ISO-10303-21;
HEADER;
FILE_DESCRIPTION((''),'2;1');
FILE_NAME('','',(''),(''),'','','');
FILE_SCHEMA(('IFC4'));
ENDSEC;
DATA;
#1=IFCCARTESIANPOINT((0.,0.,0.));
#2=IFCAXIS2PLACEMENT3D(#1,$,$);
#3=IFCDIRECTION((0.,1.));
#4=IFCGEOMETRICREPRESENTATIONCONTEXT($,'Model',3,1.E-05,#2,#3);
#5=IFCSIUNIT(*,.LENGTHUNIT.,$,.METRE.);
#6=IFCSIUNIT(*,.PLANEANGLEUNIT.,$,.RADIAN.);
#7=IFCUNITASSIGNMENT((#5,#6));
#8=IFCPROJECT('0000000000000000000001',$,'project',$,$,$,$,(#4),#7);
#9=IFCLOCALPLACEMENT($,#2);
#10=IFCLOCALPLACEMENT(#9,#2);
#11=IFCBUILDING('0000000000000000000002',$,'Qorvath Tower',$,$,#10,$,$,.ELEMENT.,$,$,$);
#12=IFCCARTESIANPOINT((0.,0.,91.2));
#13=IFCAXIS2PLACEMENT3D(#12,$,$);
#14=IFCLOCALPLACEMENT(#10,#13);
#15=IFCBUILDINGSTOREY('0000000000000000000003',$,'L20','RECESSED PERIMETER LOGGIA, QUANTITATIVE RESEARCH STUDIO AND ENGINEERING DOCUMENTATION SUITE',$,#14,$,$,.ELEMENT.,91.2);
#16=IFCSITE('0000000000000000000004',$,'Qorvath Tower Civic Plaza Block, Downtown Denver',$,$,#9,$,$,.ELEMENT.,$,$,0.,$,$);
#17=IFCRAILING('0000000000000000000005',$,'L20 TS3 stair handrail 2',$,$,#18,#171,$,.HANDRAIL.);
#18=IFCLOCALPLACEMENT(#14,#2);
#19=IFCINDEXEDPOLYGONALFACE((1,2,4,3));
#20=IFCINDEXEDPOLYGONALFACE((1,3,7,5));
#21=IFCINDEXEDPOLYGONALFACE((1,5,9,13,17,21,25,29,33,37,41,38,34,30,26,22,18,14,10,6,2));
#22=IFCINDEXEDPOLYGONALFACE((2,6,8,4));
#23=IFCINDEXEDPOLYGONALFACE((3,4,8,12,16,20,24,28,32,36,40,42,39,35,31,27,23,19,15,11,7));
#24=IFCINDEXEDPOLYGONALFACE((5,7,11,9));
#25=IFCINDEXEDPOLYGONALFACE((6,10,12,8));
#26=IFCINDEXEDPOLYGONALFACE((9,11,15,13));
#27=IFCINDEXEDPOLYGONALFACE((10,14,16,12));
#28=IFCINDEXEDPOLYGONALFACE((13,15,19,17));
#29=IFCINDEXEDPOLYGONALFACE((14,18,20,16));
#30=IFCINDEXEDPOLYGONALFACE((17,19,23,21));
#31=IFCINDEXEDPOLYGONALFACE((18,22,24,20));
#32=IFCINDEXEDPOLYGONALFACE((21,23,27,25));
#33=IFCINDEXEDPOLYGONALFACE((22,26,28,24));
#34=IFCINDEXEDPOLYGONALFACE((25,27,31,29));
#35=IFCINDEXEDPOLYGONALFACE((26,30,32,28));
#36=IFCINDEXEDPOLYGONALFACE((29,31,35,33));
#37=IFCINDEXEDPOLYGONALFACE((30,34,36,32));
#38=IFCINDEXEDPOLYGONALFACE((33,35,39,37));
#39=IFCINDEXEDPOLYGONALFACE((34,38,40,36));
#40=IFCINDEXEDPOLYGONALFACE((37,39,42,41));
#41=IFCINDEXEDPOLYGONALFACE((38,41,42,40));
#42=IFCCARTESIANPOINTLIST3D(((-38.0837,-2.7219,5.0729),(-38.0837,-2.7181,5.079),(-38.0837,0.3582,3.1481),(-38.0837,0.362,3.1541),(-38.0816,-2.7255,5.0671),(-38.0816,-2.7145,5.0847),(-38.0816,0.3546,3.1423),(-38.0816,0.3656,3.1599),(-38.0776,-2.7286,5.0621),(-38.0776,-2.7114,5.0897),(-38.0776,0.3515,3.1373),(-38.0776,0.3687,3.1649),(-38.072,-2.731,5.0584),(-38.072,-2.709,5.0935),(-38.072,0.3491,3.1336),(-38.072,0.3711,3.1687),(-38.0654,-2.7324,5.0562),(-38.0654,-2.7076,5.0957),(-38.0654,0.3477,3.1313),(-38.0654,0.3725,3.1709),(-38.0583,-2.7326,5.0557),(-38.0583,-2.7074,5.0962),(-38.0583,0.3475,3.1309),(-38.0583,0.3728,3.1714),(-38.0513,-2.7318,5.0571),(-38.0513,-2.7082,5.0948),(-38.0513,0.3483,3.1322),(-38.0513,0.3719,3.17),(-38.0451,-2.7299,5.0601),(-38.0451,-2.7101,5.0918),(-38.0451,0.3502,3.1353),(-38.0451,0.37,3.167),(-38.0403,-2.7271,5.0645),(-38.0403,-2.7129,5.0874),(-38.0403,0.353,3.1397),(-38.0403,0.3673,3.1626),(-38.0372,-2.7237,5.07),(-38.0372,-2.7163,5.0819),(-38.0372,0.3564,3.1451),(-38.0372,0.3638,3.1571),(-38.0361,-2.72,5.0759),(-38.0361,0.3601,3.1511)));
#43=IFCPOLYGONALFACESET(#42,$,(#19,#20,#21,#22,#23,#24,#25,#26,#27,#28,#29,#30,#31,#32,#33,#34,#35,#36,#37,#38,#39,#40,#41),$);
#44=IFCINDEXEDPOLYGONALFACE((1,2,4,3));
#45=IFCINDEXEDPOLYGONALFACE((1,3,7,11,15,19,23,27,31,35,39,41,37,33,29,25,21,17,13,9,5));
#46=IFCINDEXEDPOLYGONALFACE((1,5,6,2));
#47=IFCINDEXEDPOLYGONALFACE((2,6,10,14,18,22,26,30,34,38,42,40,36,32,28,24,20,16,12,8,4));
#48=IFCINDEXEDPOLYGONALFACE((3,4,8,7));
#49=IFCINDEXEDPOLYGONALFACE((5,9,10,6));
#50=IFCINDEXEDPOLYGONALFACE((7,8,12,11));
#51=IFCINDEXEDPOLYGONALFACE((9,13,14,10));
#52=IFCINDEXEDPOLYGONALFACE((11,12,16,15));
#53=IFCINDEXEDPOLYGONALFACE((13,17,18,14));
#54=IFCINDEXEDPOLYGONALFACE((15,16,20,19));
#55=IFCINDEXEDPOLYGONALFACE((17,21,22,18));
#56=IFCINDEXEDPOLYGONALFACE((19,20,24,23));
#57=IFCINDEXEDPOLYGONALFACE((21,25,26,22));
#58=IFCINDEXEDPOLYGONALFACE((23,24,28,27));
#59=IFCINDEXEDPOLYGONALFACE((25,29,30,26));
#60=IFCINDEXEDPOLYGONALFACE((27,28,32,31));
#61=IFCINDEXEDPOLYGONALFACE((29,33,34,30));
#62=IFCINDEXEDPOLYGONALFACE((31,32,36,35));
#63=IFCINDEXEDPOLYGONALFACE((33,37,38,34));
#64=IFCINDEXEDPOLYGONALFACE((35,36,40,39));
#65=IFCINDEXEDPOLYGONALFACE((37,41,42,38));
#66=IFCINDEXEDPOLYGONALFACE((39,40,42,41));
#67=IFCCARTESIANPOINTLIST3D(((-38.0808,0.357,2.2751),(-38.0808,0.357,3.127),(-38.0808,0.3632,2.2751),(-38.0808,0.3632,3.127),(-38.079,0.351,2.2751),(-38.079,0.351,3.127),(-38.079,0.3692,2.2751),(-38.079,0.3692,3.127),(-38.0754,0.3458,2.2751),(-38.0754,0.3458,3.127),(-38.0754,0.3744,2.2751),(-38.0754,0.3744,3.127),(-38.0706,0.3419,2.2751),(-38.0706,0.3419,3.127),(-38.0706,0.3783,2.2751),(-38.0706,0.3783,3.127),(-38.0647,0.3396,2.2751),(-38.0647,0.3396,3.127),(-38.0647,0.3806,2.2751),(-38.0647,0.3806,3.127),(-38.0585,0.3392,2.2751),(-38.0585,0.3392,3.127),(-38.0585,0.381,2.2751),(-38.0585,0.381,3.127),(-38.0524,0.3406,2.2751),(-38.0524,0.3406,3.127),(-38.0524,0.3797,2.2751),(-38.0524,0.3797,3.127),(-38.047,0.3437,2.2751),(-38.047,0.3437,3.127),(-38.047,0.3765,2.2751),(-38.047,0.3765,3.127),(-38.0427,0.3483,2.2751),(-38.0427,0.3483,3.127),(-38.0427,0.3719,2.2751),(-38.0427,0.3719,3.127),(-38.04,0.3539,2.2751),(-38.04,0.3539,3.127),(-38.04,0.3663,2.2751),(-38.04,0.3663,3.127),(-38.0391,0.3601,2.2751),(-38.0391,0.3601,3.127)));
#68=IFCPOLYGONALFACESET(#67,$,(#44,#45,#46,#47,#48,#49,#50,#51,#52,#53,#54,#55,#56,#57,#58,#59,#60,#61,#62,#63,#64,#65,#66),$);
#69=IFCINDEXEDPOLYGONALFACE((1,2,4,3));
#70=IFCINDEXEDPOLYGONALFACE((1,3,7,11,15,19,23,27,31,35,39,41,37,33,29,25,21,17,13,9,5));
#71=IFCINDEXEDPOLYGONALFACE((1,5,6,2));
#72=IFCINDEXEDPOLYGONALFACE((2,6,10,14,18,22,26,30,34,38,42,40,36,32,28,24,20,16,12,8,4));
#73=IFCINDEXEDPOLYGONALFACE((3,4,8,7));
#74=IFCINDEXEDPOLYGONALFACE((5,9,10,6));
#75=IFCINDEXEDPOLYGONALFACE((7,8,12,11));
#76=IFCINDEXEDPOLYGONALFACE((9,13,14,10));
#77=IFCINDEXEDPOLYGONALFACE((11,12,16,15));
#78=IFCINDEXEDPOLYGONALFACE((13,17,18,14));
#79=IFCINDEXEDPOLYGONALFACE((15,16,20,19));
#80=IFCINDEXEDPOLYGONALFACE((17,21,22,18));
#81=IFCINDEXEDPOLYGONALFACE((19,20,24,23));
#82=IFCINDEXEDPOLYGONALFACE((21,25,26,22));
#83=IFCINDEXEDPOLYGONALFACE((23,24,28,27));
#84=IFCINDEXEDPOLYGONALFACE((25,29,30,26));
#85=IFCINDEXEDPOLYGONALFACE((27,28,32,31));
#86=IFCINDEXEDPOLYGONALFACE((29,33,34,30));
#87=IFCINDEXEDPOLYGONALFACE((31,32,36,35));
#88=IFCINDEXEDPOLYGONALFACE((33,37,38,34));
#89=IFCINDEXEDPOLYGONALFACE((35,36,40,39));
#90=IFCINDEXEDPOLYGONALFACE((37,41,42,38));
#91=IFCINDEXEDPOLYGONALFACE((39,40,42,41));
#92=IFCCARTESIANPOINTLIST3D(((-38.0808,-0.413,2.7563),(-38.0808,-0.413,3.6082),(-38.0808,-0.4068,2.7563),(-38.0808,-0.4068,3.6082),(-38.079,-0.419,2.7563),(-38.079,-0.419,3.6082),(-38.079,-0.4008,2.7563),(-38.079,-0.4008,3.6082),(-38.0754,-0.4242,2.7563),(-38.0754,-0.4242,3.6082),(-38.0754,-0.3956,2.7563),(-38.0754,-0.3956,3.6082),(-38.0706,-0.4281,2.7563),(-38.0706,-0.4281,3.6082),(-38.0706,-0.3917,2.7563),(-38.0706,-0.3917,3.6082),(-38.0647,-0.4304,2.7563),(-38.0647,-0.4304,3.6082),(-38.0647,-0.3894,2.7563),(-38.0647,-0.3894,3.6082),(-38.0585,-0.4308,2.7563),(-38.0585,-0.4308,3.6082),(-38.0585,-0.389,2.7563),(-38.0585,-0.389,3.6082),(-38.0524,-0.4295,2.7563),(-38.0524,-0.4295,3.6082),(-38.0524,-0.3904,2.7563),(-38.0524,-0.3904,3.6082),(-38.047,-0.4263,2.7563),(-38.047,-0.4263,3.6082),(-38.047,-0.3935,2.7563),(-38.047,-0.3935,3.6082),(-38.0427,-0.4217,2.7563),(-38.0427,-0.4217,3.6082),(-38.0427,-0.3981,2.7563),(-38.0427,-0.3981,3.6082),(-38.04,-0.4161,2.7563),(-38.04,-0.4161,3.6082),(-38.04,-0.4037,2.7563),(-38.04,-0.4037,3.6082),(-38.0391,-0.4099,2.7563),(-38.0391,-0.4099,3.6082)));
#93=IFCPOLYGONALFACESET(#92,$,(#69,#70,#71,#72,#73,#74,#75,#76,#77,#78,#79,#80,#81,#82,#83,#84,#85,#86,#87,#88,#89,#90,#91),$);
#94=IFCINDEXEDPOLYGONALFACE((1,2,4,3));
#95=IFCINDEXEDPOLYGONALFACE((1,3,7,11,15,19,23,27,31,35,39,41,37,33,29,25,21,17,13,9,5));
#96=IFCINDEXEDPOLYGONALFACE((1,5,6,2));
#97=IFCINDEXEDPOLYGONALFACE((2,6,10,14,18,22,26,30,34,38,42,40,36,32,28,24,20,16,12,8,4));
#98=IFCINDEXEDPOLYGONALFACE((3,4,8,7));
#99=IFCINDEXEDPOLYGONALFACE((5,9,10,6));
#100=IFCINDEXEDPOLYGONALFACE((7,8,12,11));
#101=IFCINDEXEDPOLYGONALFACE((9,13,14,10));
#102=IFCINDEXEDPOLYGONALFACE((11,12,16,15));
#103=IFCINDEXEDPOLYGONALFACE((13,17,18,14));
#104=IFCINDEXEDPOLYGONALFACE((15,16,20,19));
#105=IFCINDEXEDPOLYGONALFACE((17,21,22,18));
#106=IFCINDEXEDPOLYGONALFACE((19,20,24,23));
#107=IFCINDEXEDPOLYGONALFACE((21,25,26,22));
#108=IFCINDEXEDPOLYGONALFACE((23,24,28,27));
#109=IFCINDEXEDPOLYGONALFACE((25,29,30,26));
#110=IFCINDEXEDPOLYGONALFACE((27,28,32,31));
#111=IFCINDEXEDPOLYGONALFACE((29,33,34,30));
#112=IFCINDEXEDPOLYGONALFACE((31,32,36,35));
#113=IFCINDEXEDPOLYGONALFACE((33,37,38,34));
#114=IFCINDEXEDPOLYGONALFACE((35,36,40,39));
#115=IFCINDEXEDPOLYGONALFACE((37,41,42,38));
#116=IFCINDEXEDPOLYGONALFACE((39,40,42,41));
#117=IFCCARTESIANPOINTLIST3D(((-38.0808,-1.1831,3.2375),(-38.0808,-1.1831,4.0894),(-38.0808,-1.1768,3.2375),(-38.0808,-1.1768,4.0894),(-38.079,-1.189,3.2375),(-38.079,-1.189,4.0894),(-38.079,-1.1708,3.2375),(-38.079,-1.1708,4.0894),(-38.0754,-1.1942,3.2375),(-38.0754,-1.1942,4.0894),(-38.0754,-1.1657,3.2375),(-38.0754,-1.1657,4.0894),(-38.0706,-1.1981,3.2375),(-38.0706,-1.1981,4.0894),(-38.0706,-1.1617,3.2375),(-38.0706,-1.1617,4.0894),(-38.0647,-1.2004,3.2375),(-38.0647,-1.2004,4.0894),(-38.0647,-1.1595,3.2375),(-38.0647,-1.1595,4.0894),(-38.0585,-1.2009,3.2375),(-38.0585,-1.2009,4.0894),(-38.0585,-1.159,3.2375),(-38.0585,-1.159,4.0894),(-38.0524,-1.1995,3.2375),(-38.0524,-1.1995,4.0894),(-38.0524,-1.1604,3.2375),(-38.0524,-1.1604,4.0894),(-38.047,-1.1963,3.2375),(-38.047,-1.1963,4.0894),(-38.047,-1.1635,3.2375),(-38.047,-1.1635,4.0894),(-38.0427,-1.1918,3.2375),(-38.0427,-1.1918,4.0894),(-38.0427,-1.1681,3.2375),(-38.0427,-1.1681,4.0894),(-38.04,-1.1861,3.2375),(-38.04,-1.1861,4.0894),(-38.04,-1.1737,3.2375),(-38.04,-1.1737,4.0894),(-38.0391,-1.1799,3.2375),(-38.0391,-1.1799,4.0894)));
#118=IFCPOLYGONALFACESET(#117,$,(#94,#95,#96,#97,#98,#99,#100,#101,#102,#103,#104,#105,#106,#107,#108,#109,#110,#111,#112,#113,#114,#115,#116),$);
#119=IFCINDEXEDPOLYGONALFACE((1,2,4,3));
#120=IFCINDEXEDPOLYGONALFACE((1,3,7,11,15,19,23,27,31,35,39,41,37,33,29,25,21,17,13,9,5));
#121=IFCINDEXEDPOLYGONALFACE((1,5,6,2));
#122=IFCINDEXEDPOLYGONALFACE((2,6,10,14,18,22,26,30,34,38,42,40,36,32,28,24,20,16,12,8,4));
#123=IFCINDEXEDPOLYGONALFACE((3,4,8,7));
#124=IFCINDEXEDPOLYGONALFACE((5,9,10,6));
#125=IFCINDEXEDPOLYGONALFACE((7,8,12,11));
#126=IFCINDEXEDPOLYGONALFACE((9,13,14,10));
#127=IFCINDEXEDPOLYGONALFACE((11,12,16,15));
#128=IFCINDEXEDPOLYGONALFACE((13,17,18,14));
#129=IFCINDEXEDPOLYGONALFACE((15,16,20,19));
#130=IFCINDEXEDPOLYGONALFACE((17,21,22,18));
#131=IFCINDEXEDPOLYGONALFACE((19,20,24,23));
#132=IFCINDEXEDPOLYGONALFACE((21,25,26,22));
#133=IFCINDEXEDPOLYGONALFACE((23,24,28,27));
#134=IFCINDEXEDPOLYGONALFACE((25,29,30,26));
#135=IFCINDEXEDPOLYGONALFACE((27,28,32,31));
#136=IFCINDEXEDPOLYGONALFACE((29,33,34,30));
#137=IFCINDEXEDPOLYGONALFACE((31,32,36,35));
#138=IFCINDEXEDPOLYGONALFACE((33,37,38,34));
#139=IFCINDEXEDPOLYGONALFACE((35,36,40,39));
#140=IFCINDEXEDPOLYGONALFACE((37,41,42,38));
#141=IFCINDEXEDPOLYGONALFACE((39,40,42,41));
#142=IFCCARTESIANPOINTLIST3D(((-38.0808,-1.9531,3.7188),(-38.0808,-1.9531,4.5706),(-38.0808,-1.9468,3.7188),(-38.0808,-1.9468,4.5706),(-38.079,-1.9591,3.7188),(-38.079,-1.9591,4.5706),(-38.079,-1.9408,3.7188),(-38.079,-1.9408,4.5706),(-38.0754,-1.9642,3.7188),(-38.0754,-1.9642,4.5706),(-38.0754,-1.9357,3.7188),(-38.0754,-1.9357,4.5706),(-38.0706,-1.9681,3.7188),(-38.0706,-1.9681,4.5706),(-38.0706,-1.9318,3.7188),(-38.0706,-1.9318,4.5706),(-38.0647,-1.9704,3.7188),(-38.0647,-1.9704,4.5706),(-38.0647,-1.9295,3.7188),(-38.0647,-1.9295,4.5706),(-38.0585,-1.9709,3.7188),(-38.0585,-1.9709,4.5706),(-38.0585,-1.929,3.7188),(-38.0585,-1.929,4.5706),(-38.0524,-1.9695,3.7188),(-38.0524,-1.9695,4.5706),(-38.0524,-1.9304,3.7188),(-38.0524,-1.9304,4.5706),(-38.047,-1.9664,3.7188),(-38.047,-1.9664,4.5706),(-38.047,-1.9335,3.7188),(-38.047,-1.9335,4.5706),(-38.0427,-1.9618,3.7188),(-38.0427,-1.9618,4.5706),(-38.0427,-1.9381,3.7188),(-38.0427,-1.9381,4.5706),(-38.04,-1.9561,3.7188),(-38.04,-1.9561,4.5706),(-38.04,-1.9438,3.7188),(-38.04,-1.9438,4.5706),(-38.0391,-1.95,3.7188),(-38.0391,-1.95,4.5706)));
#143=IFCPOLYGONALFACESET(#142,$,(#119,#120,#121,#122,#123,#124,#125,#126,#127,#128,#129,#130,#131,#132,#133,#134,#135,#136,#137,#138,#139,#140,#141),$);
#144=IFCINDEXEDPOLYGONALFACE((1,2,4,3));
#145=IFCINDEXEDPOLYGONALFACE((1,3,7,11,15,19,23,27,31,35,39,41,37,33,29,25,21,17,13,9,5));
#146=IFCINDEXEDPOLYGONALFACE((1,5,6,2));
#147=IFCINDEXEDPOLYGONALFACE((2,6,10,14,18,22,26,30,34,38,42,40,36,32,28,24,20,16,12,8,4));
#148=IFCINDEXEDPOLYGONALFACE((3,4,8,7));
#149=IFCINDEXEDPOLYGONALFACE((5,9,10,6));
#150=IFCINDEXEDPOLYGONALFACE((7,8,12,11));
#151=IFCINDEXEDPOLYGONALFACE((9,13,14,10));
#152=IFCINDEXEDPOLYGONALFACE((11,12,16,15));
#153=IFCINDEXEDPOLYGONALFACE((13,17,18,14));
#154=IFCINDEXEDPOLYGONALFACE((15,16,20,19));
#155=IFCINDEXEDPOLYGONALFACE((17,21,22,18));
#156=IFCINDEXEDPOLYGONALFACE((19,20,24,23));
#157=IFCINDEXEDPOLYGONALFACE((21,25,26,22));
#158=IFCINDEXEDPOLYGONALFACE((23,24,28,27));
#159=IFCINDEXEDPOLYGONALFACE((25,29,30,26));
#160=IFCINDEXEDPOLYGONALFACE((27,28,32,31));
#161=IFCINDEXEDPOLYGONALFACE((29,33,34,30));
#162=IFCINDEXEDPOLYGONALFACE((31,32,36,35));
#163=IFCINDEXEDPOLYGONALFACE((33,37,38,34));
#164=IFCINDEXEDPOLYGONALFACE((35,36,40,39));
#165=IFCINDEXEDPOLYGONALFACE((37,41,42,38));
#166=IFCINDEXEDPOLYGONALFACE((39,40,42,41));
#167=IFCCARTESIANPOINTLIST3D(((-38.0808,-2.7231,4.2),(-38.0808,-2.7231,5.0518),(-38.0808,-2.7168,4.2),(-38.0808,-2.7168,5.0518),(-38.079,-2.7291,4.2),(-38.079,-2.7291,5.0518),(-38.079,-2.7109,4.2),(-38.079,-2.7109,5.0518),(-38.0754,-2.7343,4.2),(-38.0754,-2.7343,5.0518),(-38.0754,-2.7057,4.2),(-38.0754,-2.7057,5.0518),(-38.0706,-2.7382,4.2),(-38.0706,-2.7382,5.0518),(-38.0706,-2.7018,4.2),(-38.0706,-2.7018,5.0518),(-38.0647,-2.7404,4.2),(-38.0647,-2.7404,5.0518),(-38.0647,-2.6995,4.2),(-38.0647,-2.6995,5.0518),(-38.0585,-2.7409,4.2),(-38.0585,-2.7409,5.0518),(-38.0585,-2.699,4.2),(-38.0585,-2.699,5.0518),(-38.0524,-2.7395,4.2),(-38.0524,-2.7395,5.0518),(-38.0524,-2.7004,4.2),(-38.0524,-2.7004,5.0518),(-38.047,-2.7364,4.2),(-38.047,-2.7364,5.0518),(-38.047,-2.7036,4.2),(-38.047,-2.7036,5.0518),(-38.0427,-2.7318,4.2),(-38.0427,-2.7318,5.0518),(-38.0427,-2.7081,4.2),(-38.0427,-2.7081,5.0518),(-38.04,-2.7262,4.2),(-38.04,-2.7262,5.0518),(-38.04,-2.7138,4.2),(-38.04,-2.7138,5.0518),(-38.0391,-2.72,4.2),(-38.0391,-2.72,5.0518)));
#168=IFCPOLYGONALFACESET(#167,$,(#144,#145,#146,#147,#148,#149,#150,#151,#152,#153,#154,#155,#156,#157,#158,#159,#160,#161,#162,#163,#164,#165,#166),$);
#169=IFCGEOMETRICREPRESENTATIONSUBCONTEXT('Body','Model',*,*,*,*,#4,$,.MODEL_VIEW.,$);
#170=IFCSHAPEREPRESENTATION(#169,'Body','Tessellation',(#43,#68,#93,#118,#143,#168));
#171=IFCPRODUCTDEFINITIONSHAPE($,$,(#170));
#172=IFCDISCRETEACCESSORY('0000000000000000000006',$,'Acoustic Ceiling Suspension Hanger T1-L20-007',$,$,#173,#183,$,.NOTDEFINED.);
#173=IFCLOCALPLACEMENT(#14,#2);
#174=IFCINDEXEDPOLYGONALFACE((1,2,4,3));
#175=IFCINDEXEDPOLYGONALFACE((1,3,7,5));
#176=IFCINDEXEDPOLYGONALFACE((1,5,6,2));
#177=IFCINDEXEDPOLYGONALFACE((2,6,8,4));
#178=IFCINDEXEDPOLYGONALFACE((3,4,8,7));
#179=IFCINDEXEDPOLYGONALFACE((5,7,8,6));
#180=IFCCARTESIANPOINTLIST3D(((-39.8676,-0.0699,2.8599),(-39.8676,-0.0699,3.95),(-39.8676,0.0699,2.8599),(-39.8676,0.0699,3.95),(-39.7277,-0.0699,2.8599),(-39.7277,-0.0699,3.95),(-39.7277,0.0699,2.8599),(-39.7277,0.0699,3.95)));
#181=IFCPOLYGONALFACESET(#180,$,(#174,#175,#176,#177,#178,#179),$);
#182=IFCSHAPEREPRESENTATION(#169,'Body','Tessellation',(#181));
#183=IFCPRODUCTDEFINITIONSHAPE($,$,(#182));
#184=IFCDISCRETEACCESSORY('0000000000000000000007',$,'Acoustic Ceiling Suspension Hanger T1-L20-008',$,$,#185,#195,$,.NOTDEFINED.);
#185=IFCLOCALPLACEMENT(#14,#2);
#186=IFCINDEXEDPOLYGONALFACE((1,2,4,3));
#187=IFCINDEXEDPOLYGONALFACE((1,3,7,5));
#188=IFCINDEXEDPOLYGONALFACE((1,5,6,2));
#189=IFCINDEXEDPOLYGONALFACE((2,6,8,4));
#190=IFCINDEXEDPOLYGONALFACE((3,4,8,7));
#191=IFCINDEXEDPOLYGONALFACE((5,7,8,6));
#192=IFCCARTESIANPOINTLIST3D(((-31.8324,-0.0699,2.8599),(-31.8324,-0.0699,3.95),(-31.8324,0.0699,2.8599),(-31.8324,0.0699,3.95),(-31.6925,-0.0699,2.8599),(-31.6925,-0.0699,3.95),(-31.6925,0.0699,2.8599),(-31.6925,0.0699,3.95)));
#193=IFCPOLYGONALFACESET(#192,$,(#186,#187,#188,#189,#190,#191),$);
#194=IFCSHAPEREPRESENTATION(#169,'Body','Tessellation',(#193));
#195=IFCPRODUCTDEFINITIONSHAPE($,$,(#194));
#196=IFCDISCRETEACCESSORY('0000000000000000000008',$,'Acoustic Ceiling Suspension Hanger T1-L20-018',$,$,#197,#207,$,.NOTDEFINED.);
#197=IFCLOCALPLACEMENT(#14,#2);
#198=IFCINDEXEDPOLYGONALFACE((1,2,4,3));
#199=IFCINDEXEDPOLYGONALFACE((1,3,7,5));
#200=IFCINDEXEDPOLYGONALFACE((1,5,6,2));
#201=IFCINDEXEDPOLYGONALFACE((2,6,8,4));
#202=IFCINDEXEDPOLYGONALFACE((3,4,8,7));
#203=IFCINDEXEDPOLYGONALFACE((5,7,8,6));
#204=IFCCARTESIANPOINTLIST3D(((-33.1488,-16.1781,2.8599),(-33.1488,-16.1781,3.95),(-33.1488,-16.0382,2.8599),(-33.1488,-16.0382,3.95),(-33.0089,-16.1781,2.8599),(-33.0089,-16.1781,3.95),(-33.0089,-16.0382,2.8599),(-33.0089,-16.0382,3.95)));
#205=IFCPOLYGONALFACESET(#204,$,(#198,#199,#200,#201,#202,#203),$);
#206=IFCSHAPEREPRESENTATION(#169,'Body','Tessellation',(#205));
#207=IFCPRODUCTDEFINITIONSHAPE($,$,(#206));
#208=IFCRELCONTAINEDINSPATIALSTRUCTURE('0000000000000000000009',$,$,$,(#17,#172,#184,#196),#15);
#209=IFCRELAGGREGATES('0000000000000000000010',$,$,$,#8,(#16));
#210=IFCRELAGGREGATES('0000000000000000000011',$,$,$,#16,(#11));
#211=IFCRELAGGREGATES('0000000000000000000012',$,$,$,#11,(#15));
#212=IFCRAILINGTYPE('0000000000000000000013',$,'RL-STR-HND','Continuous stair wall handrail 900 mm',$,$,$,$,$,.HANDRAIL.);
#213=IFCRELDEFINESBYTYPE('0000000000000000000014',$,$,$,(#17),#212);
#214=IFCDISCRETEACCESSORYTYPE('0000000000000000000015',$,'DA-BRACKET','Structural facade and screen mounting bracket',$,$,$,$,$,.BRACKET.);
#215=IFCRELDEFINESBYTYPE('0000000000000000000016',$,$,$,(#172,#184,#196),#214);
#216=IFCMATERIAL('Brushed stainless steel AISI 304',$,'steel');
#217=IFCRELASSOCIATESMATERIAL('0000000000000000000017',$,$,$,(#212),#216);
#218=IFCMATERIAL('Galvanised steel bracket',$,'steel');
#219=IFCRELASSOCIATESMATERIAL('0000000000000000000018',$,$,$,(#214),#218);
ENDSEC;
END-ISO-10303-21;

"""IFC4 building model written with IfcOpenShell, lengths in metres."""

from ifc_helpers import new_model, si_unit, direction, frame, origin, origin_2d, place, context, subcontext, project, spatial, rectangle, circle, extrude, material, type_object, element, save


model = new_model("IFC4")

# Units and contexts
model_context = context("Model", 3, precision=1e-05, world=origin(), true_north=direction((0.0, 1.0)))
body_context = subcontext(model_context, "Body", "Model", "MODEL_VIEW")
ifc_project = project(units=[si_unit("LENGTHUNIT", "METRE"), si_unit("PLANEANGLEUNIT", "RADIAN")], contexts=[model_context])

# Site, building, storey
site_placement = place(None, origin())
site = spatial("IfcSite", under=ifc_project, at=site_placement, Name="Qorvath Tower Civic Plaza Block, Downtown Denver", CompositionType="ELEMENT", RefElevation=0.0)
building_placement = place(site_placement, origin())
building = spatial("IfcBuilding", under=site, at=building_placement, Name="Qorvath Tower", CompositionType="ELEMENT")
storey_placement = place(building_placement, frame((0.0, 0.0, 91.2)))
storey = spatial("IfcBuildingStorey", under=building, at=storey_placement, Name="L20", Description="RECESSED PERIMETER LOGGIA, QUANTITATIVE RESEARCH STUDIO AND ENGINEERING DOCUMENTATION SUITE", CompositionType="ELEMENT", Elevation=91.2)

# Railing
ifc_material_1 = material(Name="Brushed stainless steel AISI 304", Category="steel")
railing_type_1 = type_object("IfcRailingType", Name="RL-STR-HND", Description="Continuous stair wall handrail 900 mm", PredefinedType="HANDRAIL", material=ifc_material_1)
railing_1_placement = place(storey_placement, frame((-38.0601, 0.3601, 2.2751)))
element("IfcRailing", 1, at=railing_1_placement, inside=storey, type_object=railing_type_1, Name="L20 TS3 stair handrail 2", PredefinedType="HANDRAIL", context=body_context, shape_type="SweptSolid", body=[
    extrude(circle(Radius=0.0239, at=origin_2d()), frame((0.0, 0.0, 0.876), z_axis=(0.0, -0.848029, 0.529951), x_axis=(1.0, 0.0, 0.0)), (0.0, 0.0, 1.0), 3.6321),
    extrude(circle(Radius=0.021, at=origin_2d()), origin(), (0.0, 0.0, 1.0), 0.8518),
    extrude(circle(Radius=0.021, at=origin_2d()), frame((0.0, -0.77, 0.4812)), (0.0, 0.0, 1.0), 0.8518),
    extrude(circle(Radius=0.021, at=origin_2d()), frame((0.0, -1.54, 0.9624)), (0.0, 0.0, 1.0), 0.8518),
    extrude(circle(Radius=0.021, at=origin_2d()), frame((0.0, -2.3101, 1.4436)), (0.0, 0.0, 1.0), 0.8518),
    extrude(circle(Radius=0.021, at=origin_2d()), frame((0.0, -3.0801, 1.9248)), (0.0, 0.0, 1.0), 0.8518),
])

# Discrete accessories
ifc_material_2 = material(Name="Galvanised steel bracket", Category="steel")
discrete_accessory_type = type_object("IfcDiscreteAccessoryType", Name="DA-BRACKET", Description="Structural facade and screen mounting bracket", PredefinedType="BRACKET", material=ifc_material_2)
for number, where, z_axis, x_axis, name in (
    (2, (-39.7976, 0.0, 2.8599), (0.0, 0.0, 1.0), (1.0, 0.0, 0.0), "Acoustic Ceiling Suspension Hanger T1-L20-007"),
    (3, (-31.7625, 0.0, 2.8599), (0.0, 0.0, 1.0), (1.0, 0.0, 0.0), "Acoustic Ceiling Suspension Hanger T1-L20-008"),
    (4, (-33.0789, -16.1082, 2.8599), (0.0, 0.0, 1.0), (1.0, 0.0, 0.0), "Acoustic Ceiling Suspension Hanger T1-L20-018"),
):
    element("IfcDiscreteAccessory", number, at=place(storey_placement, frame(where, z_axis=z_axis, x_axis=x_axis)), inside=storey, type_object=discrete_accessory_type, Name=name, PredefinedType="NOTDEFINED", context=body_context, shape_type="SweptSolid", body=[
        extrude(rectangle(XDim=0.1399, YDim=0.1399, at=origin_2d()), origin(), (0.0, 0.0, 1.0), 1.0901),
    ])

save(model, "model.ifc")
